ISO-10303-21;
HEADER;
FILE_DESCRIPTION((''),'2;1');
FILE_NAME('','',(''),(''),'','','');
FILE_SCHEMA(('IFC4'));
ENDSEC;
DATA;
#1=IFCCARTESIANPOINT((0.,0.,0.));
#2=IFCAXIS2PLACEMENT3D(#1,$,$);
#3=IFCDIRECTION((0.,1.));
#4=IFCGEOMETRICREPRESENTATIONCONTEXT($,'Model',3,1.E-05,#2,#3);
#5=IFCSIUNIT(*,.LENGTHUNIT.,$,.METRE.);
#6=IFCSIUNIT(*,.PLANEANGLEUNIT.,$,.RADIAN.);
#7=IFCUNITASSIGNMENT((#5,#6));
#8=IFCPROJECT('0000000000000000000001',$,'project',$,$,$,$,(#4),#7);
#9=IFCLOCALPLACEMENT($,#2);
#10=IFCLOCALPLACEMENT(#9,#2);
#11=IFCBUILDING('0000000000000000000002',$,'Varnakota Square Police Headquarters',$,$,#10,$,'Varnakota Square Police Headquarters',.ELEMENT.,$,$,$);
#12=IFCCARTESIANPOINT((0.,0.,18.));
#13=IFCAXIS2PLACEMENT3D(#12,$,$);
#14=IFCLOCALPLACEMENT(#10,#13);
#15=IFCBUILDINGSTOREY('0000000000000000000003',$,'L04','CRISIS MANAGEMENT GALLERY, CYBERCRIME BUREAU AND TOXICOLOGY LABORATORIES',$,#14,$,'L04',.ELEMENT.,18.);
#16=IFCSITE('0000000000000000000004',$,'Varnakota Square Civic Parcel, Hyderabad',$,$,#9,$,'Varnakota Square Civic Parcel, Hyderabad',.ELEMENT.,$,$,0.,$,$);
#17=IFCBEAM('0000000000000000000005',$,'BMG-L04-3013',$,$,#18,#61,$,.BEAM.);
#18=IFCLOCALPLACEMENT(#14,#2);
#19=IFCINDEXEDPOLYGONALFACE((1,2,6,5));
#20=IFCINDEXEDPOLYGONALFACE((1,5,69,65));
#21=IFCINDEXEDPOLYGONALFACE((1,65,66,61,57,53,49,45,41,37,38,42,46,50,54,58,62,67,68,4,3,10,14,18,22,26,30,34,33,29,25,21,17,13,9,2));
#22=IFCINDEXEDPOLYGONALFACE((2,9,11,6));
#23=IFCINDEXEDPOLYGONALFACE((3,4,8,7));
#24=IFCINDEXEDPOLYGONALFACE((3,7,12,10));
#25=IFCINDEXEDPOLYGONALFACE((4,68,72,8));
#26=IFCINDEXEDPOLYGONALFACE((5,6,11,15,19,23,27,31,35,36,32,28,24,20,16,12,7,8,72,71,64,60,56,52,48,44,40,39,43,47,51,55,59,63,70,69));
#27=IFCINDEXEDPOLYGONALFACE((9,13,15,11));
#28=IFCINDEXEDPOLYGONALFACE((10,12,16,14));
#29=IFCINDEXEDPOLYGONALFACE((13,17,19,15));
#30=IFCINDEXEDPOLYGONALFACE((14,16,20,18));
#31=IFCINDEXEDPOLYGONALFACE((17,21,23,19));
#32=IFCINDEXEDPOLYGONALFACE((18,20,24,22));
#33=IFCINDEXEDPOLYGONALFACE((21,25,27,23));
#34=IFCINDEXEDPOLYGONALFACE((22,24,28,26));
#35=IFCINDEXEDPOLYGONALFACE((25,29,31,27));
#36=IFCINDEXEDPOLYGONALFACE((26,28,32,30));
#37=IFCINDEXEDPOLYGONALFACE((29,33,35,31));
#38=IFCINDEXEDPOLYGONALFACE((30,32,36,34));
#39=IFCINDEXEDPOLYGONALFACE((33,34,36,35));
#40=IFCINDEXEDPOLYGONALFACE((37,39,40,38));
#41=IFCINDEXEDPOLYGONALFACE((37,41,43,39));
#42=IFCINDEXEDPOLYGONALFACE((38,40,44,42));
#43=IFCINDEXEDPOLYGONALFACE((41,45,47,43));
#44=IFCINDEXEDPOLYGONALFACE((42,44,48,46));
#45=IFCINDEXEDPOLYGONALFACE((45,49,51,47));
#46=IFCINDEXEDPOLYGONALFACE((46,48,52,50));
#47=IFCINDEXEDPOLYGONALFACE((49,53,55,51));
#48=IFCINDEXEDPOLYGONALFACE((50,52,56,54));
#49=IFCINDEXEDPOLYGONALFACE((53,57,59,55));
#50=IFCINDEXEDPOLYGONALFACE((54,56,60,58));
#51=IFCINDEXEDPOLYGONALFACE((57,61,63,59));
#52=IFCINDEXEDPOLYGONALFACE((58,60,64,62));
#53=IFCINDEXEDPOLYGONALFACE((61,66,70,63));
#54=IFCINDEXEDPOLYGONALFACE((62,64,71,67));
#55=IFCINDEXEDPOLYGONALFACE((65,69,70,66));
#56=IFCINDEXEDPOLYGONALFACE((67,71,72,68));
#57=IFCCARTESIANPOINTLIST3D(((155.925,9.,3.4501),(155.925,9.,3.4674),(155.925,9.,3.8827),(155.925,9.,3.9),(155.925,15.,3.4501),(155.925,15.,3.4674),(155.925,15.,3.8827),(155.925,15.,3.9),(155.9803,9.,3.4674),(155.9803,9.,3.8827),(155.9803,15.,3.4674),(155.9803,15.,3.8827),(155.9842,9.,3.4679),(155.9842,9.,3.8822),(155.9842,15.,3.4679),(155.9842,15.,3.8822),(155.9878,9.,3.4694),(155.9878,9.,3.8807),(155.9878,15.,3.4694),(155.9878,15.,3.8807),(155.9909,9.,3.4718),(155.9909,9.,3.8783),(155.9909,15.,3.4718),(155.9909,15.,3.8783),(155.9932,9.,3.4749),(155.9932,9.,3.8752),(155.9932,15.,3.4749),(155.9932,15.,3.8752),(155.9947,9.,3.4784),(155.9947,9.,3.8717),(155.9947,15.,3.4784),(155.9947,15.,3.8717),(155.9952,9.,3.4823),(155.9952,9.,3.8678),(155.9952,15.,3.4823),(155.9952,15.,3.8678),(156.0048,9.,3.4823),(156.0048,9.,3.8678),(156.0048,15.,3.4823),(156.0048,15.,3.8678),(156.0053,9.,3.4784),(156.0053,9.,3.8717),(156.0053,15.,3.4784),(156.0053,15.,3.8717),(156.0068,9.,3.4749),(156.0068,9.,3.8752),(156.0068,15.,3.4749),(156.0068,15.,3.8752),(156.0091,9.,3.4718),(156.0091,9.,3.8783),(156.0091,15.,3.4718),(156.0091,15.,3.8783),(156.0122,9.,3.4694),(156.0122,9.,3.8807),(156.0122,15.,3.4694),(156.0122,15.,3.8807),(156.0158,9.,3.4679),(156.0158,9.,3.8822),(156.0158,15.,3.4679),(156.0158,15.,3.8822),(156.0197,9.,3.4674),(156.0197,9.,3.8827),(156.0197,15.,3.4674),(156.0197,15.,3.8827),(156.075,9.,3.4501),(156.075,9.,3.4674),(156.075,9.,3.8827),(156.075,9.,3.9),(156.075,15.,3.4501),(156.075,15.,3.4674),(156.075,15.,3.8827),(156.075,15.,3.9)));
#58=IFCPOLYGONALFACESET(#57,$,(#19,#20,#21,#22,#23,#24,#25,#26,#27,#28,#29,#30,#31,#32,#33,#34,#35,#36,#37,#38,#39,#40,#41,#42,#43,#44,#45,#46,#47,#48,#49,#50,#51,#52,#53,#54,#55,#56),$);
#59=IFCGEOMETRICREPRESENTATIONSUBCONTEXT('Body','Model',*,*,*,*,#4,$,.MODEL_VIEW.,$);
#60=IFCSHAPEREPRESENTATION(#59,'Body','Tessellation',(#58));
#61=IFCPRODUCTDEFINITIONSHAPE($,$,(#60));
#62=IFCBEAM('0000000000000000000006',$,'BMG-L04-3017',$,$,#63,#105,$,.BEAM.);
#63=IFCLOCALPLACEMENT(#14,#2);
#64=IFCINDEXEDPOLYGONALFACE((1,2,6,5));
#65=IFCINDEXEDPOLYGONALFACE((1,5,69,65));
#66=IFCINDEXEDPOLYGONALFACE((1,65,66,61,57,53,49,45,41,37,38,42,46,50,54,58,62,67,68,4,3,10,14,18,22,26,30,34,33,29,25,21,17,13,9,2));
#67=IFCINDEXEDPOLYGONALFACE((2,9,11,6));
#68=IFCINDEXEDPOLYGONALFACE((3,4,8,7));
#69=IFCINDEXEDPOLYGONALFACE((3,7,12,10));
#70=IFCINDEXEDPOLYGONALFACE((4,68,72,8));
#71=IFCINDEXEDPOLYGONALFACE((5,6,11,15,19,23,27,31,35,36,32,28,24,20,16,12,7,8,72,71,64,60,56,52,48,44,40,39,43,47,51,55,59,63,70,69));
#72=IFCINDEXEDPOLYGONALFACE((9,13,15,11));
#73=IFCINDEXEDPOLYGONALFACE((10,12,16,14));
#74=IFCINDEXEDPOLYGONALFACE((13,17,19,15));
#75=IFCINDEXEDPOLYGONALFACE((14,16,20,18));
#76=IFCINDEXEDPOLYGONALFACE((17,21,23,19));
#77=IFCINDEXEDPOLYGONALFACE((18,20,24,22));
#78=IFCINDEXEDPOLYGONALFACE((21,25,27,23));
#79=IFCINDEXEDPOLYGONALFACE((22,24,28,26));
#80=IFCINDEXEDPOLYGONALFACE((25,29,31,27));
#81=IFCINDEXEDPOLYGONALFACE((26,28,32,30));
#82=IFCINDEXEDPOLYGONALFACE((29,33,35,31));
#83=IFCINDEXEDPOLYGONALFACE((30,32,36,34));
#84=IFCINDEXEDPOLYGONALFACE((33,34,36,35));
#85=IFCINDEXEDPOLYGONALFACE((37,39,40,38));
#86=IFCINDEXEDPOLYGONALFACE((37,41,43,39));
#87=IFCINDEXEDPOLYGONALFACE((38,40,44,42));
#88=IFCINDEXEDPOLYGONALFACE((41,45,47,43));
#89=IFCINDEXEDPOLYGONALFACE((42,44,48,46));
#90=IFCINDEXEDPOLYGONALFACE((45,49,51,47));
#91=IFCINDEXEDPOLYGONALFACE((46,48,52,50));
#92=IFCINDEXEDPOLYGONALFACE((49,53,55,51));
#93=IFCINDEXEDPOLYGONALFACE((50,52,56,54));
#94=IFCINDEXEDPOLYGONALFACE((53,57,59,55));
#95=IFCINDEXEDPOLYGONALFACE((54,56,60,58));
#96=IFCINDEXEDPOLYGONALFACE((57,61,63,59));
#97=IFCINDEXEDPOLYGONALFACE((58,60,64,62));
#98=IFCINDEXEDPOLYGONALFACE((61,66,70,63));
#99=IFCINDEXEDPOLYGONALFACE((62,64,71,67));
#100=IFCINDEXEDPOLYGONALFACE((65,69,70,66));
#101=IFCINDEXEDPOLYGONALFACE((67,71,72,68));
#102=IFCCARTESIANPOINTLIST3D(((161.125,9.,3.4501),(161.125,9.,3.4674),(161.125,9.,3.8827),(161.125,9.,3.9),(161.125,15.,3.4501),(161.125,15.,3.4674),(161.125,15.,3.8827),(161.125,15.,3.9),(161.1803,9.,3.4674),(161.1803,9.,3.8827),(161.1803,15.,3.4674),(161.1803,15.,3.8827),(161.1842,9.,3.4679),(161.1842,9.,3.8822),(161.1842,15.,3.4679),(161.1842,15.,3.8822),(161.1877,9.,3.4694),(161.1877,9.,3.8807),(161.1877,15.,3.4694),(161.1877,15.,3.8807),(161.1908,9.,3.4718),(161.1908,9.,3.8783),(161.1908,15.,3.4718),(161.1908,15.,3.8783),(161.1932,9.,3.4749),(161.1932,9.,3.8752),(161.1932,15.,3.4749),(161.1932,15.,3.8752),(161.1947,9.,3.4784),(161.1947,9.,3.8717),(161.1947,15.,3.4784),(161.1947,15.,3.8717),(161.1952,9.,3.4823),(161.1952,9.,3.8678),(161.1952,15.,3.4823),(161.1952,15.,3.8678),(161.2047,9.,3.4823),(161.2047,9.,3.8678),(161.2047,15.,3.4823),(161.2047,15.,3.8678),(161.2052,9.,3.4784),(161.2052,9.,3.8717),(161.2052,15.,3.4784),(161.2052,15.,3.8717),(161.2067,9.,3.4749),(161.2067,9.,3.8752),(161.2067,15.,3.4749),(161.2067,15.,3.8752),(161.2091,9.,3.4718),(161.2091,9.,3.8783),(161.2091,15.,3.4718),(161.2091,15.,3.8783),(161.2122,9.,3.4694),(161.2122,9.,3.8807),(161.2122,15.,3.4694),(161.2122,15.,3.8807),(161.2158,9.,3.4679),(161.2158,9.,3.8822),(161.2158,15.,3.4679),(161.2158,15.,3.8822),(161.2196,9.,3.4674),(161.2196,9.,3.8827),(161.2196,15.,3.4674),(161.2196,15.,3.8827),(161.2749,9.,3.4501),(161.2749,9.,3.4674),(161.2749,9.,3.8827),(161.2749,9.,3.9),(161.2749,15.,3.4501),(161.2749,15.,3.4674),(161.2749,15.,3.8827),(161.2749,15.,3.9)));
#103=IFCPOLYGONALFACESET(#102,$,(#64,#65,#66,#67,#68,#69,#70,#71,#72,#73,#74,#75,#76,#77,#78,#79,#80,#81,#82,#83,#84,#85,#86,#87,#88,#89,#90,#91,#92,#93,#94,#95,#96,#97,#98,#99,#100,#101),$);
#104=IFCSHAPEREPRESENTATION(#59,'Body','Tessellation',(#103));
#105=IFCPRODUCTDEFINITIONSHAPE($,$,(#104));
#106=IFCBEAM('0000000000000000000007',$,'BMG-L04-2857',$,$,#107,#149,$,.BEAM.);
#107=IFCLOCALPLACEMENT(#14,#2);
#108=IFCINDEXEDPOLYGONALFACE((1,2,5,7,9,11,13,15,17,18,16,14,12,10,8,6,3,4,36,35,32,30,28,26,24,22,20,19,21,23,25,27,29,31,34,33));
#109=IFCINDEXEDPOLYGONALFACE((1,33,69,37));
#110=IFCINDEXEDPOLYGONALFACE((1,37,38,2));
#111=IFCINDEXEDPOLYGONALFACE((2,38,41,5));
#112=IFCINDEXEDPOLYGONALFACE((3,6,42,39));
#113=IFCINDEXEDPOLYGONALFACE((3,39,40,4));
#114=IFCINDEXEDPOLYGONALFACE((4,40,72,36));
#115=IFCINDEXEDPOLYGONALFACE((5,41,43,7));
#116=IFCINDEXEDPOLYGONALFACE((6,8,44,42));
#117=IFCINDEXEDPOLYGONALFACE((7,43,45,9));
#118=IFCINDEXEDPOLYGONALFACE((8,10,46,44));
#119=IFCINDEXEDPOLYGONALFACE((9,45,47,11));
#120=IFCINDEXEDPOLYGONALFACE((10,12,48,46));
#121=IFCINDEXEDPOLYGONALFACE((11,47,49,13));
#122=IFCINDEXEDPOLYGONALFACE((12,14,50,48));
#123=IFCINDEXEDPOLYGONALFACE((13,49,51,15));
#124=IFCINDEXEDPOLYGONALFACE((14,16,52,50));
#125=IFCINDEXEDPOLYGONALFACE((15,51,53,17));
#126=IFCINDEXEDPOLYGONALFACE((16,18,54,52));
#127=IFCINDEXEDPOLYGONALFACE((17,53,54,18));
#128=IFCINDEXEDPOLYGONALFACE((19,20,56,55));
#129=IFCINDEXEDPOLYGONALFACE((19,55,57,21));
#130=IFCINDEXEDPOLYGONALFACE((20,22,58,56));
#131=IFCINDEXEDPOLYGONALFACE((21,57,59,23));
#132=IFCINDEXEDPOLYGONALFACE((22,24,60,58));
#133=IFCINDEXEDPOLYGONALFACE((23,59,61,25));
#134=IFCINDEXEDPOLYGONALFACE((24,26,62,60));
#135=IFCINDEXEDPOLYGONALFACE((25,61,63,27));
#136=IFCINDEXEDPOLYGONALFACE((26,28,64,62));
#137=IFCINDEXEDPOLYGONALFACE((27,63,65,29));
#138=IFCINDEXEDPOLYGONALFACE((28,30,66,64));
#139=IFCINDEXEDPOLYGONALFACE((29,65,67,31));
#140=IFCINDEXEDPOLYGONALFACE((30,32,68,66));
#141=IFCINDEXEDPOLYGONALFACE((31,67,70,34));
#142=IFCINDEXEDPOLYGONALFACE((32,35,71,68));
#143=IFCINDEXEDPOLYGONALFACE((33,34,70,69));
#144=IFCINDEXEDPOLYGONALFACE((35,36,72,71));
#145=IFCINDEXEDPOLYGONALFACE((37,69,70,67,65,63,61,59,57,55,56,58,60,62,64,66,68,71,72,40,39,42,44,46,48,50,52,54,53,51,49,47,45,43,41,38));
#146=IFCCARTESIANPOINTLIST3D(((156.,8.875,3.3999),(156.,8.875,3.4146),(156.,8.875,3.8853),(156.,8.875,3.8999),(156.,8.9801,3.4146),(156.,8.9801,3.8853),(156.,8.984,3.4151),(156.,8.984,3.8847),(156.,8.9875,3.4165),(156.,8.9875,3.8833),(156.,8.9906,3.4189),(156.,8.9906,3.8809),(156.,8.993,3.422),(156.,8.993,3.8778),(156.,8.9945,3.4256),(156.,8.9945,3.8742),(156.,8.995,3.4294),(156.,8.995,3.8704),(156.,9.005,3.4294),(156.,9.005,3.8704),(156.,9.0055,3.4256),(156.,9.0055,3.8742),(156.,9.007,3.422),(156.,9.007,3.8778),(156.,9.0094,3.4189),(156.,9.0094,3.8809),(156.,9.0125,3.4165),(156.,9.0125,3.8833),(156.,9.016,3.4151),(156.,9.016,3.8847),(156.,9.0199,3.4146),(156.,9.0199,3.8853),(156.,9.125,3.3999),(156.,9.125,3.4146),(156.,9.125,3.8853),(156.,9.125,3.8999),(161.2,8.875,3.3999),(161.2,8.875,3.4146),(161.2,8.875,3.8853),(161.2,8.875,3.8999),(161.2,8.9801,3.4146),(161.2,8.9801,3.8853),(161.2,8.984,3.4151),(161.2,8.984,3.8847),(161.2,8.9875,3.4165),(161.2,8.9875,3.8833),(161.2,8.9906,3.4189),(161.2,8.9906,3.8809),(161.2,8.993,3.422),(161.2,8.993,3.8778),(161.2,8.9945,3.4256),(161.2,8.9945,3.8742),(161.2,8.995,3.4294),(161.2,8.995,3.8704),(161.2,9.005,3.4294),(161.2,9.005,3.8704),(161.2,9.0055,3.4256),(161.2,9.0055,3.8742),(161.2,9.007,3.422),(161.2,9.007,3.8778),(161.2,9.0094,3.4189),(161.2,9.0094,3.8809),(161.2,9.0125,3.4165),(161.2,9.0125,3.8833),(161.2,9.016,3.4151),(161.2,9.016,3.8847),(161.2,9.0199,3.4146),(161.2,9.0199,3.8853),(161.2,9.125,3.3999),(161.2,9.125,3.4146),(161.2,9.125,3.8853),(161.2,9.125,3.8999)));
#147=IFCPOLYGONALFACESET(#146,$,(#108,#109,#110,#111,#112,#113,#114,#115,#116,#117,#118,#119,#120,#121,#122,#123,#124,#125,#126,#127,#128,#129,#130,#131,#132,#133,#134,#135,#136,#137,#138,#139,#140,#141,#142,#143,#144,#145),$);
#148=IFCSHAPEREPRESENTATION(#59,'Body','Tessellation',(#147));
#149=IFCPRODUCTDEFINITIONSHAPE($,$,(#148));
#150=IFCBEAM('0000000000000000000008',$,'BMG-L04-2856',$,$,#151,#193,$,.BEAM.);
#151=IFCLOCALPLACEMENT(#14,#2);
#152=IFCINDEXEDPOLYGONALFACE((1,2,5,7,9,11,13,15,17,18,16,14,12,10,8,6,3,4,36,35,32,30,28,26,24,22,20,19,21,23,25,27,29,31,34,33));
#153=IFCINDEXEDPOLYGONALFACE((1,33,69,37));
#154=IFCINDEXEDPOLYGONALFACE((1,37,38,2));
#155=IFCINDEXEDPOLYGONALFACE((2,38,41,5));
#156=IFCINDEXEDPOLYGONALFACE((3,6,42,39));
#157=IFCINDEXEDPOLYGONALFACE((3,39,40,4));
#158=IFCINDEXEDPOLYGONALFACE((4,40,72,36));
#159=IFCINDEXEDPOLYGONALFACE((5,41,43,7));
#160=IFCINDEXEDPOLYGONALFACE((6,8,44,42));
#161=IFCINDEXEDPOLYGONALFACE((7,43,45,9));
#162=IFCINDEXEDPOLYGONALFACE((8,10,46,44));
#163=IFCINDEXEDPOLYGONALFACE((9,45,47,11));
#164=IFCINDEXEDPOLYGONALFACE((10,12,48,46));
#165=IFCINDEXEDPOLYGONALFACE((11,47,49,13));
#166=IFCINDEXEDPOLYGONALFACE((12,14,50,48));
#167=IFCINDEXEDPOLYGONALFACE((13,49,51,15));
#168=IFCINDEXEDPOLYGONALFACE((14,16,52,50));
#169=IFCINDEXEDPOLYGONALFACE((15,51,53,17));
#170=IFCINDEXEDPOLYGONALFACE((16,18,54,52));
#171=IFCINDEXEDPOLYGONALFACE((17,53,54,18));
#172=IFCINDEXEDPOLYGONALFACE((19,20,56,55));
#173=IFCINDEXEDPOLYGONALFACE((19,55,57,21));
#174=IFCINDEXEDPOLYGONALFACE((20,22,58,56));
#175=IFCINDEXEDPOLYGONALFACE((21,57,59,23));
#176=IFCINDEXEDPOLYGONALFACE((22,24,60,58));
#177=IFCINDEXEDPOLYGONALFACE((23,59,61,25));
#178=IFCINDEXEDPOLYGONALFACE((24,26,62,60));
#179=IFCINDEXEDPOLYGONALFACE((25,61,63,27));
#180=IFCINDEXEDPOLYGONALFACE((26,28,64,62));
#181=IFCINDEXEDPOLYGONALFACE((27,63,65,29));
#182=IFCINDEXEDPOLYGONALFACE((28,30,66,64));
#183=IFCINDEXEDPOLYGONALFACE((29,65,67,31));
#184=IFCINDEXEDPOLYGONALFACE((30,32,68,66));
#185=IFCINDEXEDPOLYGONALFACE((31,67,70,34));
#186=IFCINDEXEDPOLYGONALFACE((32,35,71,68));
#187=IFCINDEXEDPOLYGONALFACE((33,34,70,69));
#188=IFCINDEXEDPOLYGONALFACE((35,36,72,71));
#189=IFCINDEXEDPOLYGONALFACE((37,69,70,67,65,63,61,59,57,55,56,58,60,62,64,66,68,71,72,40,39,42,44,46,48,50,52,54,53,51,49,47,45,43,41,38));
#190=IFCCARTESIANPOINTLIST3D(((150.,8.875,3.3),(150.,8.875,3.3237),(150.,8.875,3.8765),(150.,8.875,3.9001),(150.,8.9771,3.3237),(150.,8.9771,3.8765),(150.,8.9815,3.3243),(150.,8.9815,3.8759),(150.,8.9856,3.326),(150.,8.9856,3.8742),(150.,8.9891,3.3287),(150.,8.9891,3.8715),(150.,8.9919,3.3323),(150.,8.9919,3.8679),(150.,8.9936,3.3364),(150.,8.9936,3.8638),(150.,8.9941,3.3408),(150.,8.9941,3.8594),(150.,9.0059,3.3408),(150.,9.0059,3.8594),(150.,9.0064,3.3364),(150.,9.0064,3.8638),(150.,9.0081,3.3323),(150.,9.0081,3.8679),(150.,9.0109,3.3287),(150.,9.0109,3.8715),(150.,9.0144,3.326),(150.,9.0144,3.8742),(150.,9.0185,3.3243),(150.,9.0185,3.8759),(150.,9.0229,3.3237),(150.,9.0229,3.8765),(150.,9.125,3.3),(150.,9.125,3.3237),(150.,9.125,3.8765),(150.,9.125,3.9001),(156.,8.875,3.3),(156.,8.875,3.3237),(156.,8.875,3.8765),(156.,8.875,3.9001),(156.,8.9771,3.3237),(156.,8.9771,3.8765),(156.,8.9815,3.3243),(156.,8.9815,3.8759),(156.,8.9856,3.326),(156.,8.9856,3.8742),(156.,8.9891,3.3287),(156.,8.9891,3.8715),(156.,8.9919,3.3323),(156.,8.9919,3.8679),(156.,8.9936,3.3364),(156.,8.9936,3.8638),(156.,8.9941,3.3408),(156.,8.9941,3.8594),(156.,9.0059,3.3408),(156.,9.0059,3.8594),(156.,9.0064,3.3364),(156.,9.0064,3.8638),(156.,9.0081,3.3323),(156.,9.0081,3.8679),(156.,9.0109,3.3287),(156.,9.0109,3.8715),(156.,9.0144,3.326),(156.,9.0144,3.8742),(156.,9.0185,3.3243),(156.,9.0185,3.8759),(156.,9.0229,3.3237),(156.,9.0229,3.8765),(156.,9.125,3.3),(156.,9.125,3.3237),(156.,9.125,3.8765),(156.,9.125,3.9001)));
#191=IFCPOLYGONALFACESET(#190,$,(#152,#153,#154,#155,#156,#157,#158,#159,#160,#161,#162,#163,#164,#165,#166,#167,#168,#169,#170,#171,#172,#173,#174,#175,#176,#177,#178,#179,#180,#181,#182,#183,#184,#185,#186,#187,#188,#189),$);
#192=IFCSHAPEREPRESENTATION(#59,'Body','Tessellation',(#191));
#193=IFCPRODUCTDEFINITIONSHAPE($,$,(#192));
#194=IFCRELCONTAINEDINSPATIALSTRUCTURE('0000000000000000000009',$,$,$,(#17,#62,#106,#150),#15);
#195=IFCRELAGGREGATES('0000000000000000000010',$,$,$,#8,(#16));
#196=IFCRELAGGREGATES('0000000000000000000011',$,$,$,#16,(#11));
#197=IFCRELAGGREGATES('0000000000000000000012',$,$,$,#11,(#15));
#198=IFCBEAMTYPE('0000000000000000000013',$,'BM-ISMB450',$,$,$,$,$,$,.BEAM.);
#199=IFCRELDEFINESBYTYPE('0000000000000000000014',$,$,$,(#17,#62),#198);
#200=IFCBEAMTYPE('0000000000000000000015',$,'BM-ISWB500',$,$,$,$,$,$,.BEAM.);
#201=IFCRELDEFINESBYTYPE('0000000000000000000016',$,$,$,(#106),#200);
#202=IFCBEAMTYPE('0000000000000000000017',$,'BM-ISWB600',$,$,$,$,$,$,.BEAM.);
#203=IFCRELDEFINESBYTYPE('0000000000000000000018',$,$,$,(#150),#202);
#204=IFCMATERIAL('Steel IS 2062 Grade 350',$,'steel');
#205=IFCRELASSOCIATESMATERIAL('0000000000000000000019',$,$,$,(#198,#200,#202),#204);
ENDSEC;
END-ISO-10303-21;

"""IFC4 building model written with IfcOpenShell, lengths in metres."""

from ifc_helpers import new_model, si_unit, direction, frame, origin, origin_2d, place, context, subcontext, project, spatial, i_section, extrude, material, material_profile, profile_set, type_object, element, save


model = new_model("IFC4")

# Units and contexts
model_context = context("Model", 3, precision=1e-05, world=origin(), true_north=direction((0.0, 1.0)))
body_context = subcontext(model_context, "Body", "Model", "MODEL_VIEW")
ifc_project = project(units=[si_unit("LENGTHUNIT", "METRE"), si_unit("PLANEANGLEUNIT", "RADIAN")], contexts=[model_context])

# Site, building, storey
site_placement = place(None, origin())
site = spatial("IfcSite", under=ifc_project, at=site_placement, Name="Varnakota Square Civic Parcel, Hyderabad", LongName="Varnakota Square Civic Parcel, Hyderabad", CompositionType="ELEMENT", RefElevation=0.0)
building_placement = place(site_placement, origin())
building = spatial("IfcBuilding", under=site, at=building_placement, Name="Varnakota Square Police Headquarters", LongName="Varnakota Square Police Headquarters", CompositionType="ELEMENT")
storey_placement = place(building_placement, frame((0.0, 0.0, 18.0)))
storey = spatial("IfcBuildingStorey", under=building, at=storey_placement, Name="L04", Description="CRISIS MANAGEMENT GALLERY, CYBERCRIME BUREAU AND TOXICOLOGY LABORATORIES", LongName="L04", CompositionType="ELEMENT", Elevation=18.0)

# Shared definitions
ifc_material_1 = material(Name="Steel IS 2062 Grade 350", Category="steel")

# Beams
ifc_material_profile_1 = material_profile(ifc_material_1, i_section(OverallWidth=0.1499, OverallDepth=0.45, WebThickness=0.0095, FlangeThickness=0.0173, FilletRadius=0.0149, at=origin_2d()), Name="ISMB 450")
ifc_profile_set_1 = profile_set([ifc_material_profile_1], Name="Steel IS 2062 Grade 350")
beam_type_1 = type_object("IfcBeamType", Name="BM-ISMB450", PredefinedType="BEAM", material=ifc_profile_set_1)
for number, where, z_axis, x_axis, name in (
    (1, (156.0, 9.0, 3.675), (0.0, 1.0, 0.0), (-1.0, 0.0, 0.0), "BMG-L04-3013"),
    (2, (161.2, 9.0, 3.675), (0.0, 1.0, 0.0), (-1.0, 0.0, 0.0), "BMG-L04-3017"),
):
    element("IfcBeam", number, at=place(storey_placement, frame(where, z_axis=z_axis, x_axis=x_axis)), inside=storey, type_object=beam_type_1, Name=name, PredefinedType="BEAM", context=body_context, shape_type="SweptSolid", body=[
        extrude(i_section(OverallWidth=0.1499, OverallDepth=0.45, WebThickness=0.0095, FlangeThickness=0.0173, FilletRadius=0.0149, at=origin_2d()), origin(), (0.0, 0.0, 1.0), 6.0),
    ])
ifc_material_profile_2 = material_profile(ifc_material_1, i_section(OverallWidth=0.25, OverallDepth=0.5, WebThickness=0.01, FlangeThickness=0.0146, FilletRadius=0.0149, at=origin_2d()), Name="ISWB 500")
ifc_profile_set_2 = profile_set([ifc_material_profile_2], Name="Steel IS 2062 Grade 350")
beam_type_2 = type_object("IfcBeamType", Name="BM-ISWB500", PredefinedType="BEAM", material=ifc_profile_set_2)
beam_1_placement = place(storey_placement, frame((156.0, 9.0, 3.6499), z_axis=(1.0, 0.0, 0.0), x_axis=(0.0, 1.0, 0.0)))
element("IfcBeam", 3, at=beam_1_placement, inside=storey, type_object=beam_type_2, Name="BMG-L04-2857", PredefinedType="BEAM", context=body_context, shape_type="SweptSolid", body=[
    extrude(i_section(OverallWidth=0.25, OverallDepth=0.5, WebThickness=0.01, FlangeThickness=0.0146, FilletRadius=0.0149, at=origin_2d()), origin(), (0.0, 0.0, 1.0), 5.2),
])
ifc_material_profile_3 = material_profile(ifc_material_1, i_section(OverallWidth=0.25, OverallDepth=0.6001, WebThickness=0.0117, FlangeThickness=0.0237, FilletRadius=0.0171, at=origin_2d()), Name="ISWB 600")
ifc_profile_set_3 = profile_set([ifc_material_profile_3], Name="Steel IS 2062 Grade 350")
beam_type_3 = type_object("IfcBeamType", Name="BM-ISWB600", PredefinedType="BEAM", material=ifc_profile_set_3)
beam_2_placement = place(storey_placement, frame((150.0, 9.0, 3.6001), z_axis=(1.0, 0.0, 0.0), x_axis=(0.0, 1.0, 0.0)))
element("IfcBeam", 4, at=beam_2_placement, inside=storey, type_object=beam_type_3, Name="BMG-L04-2856", PredefinedType="BEAM", context=body_context, shape_type="SweptSolid", body=[
    extrude(i_section(OverallWidth=0.25, OverallDepth=0.6001, WebThickness=0.0117, FlangeThickness=0.0237, FilletRadius=0.0171, at=origin_2d()), origin(), (0.0, 0.0, 1.0), 6.0),
])

save(model, "model.ifc")
